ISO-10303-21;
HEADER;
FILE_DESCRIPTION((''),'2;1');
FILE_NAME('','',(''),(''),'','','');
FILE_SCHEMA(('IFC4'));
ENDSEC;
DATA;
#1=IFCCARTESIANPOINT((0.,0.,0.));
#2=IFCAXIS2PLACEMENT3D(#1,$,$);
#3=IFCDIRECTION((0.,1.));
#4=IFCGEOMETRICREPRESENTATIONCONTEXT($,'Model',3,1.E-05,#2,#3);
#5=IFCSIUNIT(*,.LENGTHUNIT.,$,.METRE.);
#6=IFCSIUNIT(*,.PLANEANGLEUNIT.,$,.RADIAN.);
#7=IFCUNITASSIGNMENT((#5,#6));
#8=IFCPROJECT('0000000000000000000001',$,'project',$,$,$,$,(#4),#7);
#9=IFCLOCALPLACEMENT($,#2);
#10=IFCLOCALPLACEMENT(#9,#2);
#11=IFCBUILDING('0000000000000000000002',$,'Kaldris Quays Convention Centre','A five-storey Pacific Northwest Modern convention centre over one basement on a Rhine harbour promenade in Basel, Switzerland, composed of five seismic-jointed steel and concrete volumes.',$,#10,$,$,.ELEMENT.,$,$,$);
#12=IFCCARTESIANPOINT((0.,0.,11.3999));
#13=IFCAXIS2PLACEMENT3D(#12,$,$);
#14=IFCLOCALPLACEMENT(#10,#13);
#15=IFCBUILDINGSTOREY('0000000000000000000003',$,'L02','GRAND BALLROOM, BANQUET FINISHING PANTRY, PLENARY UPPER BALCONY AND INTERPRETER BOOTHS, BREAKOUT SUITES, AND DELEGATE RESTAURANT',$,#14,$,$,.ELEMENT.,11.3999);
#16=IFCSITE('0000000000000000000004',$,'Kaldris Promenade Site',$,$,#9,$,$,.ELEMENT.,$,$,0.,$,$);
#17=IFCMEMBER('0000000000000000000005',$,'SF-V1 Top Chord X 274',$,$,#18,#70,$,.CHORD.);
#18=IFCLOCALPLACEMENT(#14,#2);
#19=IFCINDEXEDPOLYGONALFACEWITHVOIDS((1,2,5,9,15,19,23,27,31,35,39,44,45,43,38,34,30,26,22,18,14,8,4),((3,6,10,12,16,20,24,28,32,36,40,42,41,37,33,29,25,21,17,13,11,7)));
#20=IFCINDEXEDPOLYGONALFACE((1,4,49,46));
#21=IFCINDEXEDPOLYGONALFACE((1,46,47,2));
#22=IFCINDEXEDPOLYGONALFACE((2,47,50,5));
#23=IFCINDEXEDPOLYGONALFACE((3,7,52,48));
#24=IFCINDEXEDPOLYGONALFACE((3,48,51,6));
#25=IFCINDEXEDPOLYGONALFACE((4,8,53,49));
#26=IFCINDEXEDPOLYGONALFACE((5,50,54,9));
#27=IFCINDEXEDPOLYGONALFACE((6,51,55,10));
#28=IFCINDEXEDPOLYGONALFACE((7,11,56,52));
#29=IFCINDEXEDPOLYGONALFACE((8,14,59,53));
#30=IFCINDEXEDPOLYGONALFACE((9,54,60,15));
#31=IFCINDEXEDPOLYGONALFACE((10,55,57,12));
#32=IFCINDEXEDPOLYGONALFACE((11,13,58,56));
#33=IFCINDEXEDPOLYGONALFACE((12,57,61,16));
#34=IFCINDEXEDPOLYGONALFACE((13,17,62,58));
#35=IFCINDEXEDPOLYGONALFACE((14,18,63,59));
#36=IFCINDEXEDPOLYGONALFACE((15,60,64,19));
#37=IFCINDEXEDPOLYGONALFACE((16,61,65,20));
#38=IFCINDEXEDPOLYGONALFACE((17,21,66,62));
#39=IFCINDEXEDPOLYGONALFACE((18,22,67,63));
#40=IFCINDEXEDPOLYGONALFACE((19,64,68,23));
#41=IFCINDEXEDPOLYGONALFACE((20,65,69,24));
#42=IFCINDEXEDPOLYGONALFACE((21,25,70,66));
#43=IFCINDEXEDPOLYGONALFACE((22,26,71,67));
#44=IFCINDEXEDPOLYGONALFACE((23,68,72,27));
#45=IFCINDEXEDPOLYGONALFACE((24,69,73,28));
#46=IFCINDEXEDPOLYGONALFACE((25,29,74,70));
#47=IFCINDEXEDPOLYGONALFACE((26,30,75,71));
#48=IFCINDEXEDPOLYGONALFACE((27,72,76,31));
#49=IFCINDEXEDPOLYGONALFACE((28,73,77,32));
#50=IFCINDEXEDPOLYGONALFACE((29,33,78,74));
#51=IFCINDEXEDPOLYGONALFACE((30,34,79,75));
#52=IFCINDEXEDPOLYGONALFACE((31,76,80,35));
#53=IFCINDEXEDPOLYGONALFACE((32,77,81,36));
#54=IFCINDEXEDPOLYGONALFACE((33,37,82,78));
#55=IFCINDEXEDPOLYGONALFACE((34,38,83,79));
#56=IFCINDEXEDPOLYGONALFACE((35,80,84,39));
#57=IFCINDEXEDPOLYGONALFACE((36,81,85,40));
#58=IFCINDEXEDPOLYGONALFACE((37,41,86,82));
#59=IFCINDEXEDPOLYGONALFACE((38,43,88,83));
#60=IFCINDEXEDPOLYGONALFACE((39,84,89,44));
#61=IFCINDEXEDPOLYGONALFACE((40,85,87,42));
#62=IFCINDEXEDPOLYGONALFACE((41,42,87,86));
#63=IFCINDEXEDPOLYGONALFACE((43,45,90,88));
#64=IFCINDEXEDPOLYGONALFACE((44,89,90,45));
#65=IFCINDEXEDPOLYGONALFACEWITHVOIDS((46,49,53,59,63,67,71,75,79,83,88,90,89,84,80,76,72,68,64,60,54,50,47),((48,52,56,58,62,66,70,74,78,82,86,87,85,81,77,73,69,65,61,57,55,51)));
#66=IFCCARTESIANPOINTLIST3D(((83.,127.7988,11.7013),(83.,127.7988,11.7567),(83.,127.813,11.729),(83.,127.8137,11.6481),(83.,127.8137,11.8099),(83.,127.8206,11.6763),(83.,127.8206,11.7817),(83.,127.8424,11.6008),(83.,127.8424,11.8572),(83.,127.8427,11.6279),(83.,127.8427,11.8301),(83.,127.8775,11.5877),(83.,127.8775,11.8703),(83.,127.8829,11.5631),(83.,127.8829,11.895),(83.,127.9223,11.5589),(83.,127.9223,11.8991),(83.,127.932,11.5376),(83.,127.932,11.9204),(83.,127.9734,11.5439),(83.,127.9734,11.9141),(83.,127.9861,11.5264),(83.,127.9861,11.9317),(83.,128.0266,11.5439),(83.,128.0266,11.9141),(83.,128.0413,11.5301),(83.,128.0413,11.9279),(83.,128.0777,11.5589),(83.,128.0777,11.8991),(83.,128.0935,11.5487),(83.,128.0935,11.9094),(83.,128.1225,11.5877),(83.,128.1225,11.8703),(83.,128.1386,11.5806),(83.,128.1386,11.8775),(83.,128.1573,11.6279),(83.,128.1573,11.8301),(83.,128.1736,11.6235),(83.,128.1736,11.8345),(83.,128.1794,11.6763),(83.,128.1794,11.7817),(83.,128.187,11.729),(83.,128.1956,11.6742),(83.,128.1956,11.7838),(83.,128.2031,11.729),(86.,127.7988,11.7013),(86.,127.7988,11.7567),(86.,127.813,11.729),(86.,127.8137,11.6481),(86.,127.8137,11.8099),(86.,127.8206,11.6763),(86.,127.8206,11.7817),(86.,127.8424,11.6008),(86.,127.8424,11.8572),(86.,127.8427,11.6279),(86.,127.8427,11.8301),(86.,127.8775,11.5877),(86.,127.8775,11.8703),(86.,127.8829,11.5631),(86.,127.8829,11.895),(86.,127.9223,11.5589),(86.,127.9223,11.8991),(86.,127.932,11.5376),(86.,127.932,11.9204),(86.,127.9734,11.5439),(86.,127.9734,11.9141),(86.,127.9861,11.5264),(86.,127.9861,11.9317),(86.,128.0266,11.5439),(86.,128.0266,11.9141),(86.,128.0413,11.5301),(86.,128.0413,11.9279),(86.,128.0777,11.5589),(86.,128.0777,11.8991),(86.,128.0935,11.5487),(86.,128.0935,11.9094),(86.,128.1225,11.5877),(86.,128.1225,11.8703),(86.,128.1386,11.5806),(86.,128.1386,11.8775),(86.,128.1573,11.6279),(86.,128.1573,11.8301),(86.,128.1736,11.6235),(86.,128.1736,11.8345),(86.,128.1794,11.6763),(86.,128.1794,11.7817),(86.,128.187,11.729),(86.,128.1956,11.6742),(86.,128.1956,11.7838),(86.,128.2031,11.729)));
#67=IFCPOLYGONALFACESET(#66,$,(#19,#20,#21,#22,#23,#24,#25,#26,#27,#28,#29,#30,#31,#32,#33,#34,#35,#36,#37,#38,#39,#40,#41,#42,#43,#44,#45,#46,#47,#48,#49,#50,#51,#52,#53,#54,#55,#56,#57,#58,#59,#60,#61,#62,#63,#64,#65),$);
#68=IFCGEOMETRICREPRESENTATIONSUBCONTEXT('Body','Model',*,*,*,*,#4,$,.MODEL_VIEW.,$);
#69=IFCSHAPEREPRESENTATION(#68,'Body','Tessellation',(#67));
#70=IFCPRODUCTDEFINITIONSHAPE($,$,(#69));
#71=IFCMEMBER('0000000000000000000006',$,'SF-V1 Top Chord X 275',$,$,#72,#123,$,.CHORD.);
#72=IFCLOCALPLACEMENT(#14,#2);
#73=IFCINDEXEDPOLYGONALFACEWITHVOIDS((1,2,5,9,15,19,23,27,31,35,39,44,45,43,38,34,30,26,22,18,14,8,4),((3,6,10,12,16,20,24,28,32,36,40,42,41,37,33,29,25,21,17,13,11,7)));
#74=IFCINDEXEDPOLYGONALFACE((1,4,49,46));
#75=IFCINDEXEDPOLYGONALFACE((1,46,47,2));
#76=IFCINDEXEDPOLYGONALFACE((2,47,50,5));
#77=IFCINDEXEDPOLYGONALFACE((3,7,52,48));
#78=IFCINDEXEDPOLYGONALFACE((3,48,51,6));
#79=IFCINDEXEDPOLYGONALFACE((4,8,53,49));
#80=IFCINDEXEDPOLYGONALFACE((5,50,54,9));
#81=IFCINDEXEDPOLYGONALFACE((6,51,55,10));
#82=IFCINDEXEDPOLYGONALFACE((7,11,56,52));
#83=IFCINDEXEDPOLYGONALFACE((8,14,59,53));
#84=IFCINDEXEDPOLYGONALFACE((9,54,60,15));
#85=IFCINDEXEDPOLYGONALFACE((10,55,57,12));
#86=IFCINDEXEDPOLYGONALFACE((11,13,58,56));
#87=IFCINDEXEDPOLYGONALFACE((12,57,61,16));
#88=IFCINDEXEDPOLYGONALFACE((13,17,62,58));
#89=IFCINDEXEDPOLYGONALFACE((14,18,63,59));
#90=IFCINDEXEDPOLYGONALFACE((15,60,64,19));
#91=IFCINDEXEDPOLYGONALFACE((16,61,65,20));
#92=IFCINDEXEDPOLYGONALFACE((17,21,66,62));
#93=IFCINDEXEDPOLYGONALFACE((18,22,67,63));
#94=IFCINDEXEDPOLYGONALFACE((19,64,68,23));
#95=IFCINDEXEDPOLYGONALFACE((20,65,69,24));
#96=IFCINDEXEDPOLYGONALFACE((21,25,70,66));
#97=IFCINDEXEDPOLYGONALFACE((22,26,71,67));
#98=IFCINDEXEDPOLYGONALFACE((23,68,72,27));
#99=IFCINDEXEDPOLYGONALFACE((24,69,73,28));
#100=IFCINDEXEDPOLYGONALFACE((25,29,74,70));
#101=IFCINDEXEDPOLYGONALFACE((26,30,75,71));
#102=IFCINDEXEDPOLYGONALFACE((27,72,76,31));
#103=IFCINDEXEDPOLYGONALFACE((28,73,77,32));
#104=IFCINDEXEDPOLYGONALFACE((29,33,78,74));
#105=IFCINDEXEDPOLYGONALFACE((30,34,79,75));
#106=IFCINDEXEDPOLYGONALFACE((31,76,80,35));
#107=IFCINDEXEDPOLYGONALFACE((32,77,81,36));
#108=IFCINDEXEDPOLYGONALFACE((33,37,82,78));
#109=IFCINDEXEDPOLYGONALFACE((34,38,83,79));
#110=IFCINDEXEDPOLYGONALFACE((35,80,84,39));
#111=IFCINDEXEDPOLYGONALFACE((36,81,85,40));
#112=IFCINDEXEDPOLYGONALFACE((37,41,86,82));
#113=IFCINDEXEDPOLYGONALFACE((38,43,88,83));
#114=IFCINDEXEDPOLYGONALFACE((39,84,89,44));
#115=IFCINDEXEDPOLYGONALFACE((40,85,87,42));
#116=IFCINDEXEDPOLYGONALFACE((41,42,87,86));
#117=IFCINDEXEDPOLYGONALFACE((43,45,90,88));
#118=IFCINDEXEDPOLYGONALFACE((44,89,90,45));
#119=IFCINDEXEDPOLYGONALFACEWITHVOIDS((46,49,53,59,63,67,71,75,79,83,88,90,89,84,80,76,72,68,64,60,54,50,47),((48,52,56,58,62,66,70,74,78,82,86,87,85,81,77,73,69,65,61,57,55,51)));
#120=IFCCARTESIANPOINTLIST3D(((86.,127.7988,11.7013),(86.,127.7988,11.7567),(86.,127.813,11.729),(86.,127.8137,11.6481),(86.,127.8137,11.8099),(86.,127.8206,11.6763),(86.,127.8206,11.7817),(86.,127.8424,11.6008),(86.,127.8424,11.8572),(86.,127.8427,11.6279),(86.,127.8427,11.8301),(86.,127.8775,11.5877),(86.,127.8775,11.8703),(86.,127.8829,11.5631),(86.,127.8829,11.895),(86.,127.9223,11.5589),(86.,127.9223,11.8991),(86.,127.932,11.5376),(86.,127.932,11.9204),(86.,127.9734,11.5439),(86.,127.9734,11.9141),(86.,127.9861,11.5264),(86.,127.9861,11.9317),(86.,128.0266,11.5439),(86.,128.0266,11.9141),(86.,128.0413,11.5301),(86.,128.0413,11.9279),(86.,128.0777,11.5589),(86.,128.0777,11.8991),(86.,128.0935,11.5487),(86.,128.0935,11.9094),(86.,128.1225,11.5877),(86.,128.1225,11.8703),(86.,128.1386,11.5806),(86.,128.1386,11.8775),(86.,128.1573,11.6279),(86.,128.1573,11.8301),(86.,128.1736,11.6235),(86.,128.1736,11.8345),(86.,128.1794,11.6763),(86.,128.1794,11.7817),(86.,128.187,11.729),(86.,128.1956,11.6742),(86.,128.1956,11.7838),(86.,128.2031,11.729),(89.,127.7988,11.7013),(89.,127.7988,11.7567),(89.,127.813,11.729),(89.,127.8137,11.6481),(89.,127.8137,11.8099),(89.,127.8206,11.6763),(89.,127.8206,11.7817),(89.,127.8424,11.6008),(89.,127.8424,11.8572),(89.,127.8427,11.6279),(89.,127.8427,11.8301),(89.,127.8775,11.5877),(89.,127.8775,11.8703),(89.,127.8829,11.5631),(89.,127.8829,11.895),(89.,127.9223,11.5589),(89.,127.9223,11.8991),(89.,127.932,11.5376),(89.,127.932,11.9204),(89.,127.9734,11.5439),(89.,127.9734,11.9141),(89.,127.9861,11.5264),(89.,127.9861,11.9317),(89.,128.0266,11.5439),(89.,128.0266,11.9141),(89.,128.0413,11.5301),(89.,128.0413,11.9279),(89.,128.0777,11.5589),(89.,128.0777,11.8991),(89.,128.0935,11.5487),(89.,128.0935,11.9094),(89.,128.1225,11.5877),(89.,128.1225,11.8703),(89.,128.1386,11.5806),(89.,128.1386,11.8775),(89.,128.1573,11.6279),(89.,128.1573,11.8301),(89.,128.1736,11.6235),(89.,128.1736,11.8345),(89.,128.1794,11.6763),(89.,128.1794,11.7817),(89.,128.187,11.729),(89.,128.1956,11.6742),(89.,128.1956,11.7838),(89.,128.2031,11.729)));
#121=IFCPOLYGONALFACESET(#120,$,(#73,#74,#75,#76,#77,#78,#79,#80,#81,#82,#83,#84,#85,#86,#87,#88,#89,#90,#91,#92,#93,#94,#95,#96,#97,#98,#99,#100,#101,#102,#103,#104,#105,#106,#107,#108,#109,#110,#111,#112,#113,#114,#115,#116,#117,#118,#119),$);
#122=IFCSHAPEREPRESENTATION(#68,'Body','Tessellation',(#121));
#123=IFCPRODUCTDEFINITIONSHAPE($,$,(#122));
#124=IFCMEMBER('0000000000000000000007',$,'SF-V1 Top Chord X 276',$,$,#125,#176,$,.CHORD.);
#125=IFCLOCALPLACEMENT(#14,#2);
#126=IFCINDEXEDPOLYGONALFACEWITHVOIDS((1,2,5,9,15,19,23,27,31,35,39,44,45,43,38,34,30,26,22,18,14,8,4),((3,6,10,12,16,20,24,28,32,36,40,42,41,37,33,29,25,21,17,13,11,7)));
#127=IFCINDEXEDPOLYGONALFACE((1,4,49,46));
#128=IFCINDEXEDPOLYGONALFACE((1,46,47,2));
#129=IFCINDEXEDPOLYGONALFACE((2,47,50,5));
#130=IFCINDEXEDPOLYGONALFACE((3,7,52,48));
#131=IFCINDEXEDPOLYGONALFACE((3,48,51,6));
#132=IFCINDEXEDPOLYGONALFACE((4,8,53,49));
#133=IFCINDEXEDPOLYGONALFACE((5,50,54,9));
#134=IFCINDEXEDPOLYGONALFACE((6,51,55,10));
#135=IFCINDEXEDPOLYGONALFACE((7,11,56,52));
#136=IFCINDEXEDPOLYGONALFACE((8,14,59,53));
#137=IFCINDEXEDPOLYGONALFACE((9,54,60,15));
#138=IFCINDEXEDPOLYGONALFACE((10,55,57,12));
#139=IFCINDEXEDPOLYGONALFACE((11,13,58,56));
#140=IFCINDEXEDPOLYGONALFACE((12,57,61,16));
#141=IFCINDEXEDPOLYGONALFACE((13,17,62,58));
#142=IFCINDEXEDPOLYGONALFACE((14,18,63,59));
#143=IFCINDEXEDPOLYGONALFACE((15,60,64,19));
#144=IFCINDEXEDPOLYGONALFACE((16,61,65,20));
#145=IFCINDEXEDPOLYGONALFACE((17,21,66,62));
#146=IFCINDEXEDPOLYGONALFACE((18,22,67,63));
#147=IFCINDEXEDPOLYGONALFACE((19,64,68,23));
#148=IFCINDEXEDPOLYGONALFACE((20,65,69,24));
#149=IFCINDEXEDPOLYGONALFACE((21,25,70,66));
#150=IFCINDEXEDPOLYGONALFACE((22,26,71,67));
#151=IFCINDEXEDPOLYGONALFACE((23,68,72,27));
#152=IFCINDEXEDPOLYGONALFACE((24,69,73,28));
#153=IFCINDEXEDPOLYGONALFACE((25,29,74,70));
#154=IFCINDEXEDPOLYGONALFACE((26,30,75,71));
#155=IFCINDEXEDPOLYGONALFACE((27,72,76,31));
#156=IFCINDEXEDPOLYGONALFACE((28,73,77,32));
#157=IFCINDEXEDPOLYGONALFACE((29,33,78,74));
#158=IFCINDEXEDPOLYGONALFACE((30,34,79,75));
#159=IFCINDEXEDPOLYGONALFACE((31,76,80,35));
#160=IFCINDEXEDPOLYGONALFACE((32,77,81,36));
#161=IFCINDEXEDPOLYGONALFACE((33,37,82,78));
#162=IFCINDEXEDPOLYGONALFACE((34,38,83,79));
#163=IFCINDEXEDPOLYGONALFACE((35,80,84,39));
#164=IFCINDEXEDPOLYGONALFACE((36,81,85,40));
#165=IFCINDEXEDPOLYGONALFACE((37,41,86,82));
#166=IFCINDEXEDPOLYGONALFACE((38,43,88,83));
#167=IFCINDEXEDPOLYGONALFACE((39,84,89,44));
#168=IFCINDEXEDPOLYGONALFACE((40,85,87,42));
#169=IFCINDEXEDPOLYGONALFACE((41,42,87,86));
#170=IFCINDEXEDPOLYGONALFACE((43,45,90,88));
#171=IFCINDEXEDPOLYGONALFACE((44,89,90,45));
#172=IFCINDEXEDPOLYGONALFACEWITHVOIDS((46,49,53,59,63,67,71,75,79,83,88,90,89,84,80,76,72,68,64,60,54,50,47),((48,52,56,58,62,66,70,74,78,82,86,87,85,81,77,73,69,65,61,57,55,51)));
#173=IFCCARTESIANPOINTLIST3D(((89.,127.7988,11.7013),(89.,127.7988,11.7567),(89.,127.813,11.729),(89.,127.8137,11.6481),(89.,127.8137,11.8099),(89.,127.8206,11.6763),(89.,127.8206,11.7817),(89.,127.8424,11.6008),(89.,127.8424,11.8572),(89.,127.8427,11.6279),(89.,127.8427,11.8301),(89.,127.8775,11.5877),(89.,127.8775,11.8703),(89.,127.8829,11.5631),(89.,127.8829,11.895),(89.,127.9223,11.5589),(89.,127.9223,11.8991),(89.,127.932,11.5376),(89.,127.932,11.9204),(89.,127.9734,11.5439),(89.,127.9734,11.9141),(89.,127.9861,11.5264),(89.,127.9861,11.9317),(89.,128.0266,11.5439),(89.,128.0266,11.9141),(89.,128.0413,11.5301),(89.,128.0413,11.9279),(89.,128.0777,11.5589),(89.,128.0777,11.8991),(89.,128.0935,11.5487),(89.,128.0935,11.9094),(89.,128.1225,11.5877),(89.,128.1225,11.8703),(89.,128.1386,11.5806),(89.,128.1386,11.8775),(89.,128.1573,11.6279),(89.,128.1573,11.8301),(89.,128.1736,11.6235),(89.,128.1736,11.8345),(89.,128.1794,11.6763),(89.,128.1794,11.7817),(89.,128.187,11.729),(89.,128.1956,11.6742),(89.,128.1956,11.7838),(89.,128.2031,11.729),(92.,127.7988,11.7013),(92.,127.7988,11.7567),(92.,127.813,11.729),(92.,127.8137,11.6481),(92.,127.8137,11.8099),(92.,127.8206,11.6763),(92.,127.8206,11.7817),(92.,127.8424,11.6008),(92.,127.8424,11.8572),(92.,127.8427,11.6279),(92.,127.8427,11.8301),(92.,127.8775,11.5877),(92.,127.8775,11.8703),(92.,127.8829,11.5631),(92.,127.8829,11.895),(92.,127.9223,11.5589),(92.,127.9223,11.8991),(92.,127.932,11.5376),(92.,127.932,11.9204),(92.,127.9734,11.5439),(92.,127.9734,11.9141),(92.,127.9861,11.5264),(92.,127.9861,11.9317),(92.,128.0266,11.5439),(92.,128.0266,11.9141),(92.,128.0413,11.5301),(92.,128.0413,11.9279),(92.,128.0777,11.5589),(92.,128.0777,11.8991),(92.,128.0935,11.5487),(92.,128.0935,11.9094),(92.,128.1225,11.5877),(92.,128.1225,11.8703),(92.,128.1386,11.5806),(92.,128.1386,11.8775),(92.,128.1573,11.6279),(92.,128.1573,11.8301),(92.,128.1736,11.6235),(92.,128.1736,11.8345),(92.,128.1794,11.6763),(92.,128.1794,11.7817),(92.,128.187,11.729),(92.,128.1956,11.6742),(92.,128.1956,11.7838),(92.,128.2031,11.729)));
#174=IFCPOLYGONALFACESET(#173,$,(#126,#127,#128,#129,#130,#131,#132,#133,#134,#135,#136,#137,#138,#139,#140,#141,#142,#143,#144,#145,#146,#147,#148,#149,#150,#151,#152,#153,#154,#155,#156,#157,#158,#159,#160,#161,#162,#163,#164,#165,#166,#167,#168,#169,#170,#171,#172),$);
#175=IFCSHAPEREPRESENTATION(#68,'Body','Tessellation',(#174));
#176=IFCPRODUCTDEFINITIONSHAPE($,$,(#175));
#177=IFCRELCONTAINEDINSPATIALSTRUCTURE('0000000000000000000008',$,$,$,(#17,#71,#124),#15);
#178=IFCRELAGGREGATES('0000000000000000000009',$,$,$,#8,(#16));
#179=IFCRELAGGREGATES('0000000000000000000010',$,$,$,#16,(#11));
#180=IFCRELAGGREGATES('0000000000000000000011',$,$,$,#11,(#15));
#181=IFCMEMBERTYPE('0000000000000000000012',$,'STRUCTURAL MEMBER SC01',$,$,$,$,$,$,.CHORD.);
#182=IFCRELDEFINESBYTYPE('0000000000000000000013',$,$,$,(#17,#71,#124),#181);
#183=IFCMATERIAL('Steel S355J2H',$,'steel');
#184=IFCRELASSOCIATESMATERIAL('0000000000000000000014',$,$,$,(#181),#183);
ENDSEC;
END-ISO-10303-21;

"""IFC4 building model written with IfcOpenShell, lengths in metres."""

from ifc_helpers import new_model, si_unit, direction, frame, origin, origin_2d, place, context, subcontext, project, spatial, hollow_circle, extrude, material, material_profile, profile_set, type_object, element, save


model = new_model("IFC4")

# Units and contexts
model_context = context("Model", 3, precision=1e-05, world=origin(), true_north=direction((0.0, 1.0)))
body_context = subcontext(model_context, "Body", "Model", "MODEL_VIEW")
ifc_project = project(units=[si_unit("LENGTHUNIT", "METRE"), si_unit("PLANEANGLEUNIT", "RADIAN")], contexts=[model_context])

# Site, building, storey
site_placement = place(None, origin())
site = spatial("IfcSite", under=ifc_project, at=site_placement, Name="Kaldris Promenade Site", CompositionType="ELEMENT", RefElevation=0.0)
building_placement = place(site_placement, origin())
building = spatial("IfcBuilding", under=site, at=building_placement, Name="Kaldris Quays Convention Centre", Description="A five-storey Pacific Northwest Modern convention centre over one basement on a Rhine harbour promenade in Basel, Switzerland, composed of five seismic-jointed steel and concrete volumes.", CompositionType="ELEMENT")
storey_placement = place(building_placement, frame((0.0, 0.0, 11.3999)))
storey = spatial("IfcBuildingStorey", under=building, at=storey_placement, Name="L02", Description="GRAND BALLROOM, BANQUET FINISHING PANTRY, PLENARY UPPER BALCONY AND INTERPRETER BOOTHS, BREAKOUT SUITES, AND DELEGATE RESTAURANT", CompositionType="ELEMENT", Elevation=11.3999)

# Members
ifc_material_1 = material(Name="Steel S355J2H", Category="steel")
ifc_material_profile_1 = material_profile(ifc_material_1, hollow_circle(Radius=0.2031, WallThickness=0.0161, at=origin_2d()), Name="CHS 406.4x16")
ifc_profile_set_1 = profile_set([ifc_material_profile_1], Name="Steel S355J2H")
member_type_1 = type_object("IfcMemberType", Name="STRUCTURAL MEMBER SC01", PredefinedType="CHORD", material=ifc_profile_set_1)
for number, where, z_axis, x_axis, name in (
    (1, (83.0, 128.0, 11.729), (1.0, 0.0, 0.0), (0.0, 1.0, 0.0), "SF-V1 Top Chord X 274"),
    (2, (86.0, 128.0, 11.729), (1.0, 0.0, 0.0), (0.0, 1.0, 0.0), "SF-V1 Top Chord X 275"),
    (3, (89.0, 128.0, 11.729), (1.0, 0.0, 0.0), (0.0, 1.0, 0.0), "SF-V1 Top Chord X 276"),
):
    element("IfcMember", number, at=place(storey_placement, frame(where, z_axis=z_axis, x_axis=x_axis)), inside=storey, type_object=member_type_1, Name=name, PredefinedType="CHORD", context=body_context, shape_type="SweptSolid", body=[
        extrude(hollow_circle(Radius=0.2031, WallThickness=0.0161, at=origin_2d()), origin(), (0.0, 0.0, 1.0), 3.0),
    ])

save(model, "model.ifc")
